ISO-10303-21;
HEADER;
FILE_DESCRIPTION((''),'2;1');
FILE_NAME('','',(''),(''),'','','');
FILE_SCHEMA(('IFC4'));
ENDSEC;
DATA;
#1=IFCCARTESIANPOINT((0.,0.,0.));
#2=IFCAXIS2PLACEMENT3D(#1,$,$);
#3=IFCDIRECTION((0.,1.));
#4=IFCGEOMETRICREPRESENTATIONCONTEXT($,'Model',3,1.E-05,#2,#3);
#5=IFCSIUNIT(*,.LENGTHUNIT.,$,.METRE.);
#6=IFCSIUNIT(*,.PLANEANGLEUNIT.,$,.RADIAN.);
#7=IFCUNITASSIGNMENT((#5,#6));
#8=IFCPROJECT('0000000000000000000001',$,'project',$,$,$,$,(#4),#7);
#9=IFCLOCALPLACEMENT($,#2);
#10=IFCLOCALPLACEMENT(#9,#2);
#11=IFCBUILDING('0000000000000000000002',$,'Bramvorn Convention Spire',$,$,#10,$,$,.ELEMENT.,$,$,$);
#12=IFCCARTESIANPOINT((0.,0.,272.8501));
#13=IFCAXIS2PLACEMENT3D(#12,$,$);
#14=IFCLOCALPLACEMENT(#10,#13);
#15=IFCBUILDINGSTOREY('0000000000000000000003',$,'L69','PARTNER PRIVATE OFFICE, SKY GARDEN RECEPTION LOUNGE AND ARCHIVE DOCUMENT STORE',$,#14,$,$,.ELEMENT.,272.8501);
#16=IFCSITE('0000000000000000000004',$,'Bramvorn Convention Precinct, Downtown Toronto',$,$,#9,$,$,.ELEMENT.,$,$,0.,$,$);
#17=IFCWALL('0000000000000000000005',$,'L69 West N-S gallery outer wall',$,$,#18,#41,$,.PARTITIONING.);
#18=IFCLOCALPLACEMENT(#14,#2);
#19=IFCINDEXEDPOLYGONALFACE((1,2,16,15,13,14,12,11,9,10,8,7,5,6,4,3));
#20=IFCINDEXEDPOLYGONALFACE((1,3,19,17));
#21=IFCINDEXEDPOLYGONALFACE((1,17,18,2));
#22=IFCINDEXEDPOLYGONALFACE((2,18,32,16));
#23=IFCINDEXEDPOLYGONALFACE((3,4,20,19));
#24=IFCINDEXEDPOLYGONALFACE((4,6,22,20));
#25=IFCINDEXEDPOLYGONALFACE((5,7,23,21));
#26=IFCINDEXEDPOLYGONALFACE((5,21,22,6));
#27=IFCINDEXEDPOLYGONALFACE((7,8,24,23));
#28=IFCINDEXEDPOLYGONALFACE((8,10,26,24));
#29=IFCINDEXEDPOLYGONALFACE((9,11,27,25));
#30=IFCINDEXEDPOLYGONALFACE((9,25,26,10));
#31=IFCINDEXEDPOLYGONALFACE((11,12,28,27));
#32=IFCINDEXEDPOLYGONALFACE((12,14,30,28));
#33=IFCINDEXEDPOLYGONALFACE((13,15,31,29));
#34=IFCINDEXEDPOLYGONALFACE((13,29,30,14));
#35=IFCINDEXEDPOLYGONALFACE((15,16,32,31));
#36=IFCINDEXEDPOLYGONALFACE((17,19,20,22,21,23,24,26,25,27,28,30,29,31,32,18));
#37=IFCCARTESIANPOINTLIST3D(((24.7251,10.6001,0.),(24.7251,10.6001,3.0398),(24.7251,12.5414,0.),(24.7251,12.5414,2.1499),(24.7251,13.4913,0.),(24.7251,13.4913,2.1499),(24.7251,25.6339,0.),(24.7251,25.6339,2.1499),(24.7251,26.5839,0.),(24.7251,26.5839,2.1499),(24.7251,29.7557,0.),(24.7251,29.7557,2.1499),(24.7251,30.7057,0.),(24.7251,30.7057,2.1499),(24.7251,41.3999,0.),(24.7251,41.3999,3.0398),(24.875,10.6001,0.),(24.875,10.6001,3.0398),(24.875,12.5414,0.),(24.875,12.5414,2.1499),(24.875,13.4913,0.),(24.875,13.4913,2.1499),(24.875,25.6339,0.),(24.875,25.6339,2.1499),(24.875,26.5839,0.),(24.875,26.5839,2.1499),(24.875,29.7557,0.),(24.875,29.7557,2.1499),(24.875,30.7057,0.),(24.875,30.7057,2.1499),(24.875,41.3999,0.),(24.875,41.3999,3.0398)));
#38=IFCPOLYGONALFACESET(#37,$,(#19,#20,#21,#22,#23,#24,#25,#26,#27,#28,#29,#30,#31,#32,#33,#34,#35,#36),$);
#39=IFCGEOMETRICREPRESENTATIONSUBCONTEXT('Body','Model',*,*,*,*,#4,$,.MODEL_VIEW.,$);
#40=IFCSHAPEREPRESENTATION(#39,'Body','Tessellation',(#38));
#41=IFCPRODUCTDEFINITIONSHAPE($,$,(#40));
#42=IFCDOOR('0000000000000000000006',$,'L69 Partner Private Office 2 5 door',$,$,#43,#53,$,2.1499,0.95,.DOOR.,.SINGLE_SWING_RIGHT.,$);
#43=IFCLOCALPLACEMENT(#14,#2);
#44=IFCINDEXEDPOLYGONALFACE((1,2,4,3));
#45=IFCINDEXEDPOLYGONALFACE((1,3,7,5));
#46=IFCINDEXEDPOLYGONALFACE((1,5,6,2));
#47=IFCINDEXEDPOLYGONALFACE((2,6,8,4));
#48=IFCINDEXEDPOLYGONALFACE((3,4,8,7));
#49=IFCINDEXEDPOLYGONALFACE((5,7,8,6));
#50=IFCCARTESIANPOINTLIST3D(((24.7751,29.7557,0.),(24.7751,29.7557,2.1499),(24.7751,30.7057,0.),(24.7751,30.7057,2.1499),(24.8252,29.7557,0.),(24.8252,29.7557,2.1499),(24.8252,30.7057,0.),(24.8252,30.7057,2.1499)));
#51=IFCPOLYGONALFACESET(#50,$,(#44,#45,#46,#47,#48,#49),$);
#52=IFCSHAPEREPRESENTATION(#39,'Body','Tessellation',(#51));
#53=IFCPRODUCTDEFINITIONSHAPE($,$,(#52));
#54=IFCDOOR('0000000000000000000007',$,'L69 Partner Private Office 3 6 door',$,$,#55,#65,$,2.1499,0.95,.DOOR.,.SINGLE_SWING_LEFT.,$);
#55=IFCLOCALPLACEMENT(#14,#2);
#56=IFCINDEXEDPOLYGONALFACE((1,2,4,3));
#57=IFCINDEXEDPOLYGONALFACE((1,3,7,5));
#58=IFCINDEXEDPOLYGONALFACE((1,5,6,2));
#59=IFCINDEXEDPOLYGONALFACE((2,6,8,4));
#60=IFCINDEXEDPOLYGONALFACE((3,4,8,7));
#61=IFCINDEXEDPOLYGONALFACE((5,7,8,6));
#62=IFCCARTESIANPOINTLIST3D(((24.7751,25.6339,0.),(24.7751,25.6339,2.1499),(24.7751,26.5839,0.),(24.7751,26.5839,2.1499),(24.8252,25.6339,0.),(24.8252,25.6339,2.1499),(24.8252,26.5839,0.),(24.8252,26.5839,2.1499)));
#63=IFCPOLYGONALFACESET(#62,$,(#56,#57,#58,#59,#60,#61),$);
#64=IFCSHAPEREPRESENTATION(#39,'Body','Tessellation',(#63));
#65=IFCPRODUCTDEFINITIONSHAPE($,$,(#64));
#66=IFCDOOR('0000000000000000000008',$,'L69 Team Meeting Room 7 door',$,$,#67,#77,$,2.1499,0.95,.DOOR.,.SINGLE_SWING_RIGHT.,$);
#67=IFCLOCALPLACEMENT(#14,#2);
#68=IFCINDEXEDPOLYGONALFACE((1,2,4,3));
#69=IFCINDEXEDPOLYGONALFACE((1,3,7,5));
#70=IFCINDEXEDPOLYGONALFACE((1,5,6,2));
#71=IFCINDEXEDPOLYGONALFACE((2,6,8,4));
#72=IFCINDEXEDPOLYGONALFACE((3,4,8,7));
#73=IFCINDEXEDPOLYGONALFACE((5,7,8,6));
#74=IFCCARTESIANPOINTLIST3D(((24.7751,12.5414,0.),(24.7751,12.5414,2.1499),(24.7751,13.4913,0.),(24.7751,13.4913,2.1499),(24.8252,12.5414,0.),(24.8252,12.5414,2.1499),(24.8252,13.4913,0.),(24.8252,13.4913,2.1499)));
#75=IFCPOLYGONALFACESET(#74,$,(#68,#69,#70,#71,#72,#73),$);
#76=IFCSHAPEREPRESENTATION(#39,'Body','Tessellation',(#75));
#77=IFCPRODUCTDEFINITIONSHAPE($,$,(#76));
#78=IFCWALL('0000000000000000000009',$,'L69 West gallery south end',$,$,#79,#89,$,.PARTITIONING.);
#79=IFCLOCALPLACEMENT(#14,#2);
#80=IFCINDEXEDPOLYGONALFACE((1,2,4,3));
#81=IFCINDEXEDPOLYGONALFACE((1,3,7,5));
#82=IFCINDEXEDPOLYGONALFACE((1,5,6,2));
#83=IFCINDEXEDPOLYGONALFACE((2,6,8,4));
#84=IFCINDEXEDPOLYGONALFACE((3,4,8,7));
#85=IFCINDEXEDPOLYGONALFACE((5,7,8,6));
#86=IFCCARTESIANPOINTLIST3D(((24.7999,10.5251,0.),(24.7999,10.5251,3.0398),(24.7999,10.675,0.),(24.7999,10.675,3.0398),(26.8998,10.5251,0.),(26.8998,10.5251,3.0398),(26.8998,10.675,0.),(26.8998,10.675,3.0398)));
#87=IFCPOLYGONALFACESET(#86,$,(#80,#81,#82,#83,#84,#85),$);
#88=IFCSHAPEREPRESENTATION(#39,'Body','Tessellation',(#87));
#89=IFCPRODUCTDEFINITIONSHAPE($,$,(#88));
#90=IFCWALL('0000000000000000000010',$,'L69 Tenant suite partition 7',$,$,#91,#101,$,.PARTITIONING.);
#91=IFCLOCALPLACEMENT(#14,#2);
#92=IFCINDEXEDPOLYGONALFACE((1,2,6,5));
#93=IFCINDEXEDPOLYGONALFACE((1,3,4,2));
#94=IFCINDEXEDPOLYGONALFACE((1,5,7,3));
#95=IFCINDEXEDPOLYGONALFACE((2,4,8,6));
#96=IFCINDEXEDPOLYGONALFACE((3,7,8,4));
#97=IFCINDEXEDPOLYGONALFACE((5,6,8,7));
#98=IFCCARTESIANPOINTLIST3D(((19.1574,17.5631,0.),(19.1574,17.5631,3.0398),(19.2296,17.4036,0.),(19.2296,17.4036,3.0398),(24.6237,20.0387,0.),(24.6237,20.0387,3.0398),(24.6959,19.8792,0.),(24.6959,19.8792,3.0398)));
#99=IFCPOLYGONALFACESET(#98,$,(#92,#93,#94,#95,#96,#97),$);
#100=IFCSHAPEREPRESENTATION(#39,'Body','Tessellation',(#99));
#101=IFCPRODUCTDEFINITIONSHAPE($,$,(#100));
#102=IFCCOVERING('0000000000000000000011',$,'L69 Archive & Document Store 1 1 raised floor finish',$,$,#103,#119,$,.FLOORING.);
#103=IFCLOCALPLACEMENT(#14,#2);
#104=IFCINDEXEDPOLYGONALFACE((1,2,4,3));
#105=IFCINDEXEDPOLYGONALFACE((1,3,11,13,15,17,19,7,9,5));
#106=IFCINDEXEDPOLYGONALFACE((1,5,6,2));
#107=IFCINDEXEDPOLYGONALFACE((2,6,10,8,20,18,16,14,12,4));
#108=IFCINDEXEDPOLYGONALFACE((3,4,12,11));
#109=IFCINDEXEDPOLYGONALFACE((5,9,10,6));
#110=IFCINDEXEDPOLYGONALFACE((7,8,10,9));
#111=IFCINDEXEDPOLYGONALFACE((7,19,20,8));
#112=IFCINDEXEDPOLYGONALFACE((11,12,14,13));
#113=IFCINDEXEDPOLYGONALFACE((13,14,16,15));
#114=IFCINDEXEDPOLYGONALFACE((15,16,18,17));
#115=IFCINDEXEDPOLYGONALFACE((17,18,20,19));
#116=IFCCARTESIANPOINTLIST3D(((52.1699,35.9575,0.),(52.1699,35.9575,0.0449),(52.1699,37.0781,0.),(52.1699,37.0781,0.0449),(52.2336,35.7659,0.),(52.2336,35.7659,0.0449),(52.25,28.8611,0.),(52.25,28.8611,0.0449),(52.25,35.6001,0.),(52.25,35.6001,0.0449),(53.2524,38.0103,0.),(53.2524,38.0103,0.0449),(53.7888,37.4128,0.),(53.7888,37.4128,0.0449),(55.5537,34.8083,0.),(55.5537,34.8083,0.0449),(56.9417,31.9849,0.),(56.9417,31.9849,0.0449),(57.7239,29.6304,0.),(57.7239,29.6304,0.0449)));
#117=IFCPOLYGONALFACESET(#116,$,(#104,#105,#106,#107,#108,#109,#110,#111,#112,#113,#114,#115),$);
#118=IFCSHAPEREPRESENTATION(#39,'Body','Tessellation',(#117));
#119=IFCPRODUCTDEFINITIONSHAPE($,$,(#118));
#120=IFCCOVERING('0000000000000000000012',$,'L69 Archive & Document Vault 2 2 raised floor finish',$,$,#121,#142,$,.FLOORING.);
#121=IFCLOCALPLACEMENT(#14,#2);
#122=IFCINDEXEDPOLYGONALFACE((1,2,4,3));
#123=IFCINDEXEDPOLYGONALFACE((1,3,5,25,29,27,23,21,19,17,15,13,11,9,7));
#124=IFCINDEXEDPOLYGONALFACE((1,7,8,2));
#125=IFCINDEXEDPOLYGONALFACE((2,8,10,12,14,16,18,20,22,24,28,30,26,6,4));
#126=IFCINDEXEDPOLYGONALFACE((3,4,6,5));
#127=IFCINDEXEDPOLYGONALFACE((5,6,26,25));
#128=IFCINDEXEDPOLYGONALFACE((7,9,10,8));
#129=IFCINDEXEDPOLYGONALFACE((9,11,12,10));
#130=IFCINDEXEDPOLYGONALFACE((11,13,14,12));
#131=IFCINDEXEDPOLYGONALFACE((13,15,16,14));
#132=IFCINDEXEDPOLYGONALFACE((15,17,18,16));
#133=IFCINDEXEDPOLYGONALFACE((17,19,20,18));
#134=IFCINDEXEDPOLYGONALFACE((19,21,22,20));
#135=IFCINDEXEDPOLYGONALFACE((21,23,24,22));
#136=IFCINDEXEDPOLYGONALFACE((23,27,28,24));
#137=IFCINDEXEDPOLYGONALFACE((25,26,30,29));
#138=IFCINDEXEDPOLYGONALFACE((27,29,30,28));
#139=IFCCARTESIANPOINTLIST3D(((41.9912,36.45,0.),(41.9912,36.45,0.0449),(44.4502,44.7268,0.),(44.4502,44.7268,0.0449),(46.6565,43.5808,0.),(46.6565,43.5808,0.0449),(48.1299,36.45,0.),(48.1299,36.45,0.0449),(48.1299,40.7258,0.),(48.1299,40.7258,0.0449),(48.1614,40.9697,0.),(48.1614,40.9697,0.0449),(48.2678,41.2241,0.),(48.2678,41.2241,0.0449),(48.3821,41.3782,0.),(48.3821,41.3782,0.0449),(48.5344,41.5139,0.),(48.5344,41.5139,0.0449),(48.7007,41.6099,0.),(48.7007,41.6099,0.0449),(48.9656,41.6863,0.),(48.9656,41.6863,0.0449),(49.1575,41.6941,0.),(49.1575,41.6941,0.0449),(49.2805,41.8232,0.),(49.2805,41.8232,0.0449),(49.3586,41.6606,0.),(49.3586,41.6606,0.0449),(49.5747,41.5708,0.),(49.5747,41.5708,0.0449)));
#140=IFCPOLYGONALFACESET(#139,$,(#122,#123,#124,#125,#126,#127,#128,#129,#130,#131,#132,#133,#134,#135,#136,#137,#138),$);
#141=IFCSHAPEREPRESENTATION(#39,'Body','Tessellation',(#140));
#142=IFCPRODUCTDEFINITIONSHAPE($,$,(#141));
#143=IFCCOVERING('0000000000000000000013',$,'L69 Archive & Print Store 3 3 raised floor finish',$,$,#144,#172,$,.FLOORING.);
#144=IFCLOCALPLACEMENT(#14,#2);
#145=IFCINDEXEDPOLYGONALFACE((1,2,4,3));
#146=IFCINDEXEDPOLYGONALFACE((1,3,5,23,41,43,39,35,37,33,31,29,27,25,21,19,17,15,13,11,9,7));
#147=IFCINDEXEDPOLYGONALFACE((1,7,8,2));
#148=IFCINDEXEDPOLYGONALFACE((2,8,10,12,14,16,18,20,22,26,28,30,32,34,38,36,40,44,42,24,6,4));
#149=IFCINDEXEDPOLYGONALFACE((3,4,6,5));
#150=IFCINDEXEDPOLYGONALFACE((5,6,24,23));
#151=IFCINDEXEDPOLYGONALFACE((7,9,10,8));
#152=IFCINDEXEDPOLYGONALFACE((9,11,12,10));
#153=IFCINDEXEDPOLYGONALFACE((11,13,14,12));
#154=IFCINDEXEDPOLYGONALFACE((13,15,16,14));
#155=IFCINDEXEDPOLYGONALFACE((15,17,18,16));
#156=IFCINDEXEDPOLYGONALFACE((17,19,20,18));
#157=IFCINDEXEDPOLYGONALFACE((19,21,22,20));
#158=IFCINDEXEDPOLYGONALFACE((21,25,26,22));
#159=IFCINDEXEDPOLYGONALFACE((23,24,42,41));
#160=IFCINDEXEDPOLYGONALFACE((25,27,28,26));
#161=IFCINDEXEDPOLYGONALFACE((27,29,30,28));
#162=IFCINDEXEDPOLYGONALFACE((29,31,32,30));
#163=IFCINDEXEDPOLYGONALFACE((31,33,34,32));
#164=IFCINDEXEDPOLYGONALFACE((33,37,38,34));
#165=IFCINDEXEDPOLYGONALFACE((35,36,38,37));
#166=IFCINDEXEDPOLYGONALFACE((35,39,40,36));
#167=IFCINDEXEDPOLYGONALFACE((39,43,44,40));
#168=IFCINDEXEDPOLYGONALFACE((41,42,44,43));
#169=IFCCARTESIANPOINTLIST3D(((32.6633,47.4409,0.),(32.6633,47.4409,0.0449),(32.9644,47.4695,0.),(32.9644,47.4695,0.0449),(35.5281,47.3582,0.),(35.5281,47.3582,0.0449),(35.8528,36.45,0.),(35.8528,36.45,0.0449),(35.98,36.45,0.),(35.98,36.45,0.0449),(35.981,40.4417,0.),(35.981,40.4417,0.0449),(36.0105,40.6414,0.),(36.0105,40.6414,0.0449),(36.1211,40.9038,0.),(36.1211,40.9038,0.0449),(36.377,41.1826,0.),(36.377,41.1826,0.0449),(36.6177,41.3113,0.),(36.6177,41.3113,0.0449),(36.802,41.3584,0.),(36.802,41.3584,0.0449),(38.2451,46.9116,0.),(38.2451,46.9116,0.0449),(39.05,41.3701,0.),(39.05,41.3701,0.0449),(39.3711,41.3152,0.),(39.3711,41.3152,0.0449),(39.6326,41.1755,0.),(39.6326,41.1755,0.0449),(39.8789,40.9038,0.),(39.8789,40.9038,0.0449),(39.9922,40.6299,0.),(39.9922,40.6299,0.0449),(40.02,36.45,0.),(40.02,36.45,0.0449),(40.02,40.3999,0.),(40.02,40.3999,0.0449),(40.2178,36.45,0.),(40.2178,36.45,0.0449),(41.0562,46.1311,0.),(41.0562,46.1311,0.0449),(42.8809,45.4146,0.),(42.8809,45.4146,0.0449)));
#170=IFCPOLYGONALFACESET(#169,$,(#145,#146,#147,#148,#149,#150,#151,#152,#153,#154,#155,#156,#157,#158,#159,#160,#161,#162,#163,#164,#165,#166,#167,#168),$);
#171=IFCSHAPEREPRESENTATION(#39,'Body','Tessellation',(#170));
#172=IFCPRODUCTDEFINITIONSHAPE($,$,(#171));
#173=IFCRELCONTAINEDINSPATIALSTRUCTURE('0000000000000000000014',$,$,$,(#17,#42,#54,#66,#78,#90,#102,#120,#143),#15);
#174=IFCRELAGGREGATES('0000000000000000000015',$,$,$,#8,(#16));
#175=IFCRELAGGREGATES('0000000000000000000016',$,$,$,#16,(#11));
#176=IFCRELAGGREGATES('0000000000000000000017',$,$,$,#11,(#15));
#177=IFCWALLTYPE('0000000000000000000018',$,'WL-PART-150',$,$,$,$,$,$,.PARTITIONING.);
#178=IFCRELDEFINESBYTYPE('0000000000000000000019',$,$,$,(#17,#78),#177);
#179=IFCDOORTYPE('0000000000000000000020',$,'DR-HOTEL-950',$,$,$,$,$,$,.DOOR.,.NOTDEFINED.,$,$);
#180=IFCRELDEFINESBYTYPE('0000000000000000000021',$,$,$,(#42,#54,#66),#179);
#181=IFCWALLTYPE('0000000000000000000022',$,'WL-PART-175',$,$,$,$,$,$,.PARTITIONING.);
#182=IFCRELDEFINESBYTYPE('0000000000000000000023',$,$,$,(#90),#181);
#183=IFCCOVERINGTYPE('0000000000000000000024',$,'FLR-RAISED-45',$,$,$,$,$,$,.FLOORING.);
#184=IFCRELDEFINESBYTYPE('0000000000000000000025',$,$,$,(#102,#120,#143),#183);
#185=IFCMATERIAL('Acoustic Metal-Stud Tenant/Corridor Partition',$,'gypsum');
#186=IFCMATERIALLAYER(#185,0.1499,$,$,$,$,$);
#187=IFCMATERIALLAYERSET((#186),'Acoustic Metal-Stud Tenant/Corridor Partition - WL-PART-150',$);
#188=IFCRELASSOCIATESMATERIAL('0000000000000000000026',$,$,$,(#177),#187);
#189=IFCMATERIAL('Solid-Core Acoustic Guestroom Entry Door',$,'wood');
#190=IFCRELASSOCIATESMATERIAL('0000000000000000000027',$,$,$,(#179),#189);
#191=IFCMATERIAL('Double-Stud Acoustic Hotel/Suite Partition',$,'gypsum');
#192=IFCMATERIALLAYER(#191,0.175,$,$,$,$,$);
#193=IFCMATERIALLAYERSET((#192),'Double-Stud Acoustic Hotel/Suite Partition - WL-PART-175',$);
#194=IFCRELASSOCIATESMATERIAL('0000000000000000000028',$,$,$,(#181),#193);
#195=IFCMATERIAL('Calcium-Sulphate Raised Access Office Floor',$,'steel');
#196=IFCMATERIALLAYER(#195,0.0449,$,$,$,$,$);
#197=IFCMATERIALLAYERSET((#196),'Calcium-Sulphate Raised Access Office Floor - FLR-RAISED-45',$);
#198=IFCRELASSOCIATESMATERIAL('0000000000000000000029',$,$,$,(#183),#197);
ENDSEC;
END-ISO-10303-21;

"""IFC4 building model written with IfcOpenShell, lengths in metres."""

from ifc_helpers import new_model, si_unit, direction, frame, frame_2d, origin, place, context, subcontext, project, spatial, polyline, rectangle, outline, extrude, material, layer, layer_set, type_object, element, fill, save


model = new_model("IFC4")

# Units and contexts
model_context = context("Model", 3, precision=1e-05, world=origin(), true_north=direction((0.0, 1.0)))
body_context = subcontext(model_context, "Body", "Model", "MODEL_VIEW")
ifc_project = project(units=[si_unit("LENGTHUNIT", "METRE"), si_unit("PLANEANGLEUNIT", "RADIAN")], contexts=[model_context])

# Site, building, storey
site_placement = place(None, origin())
site = spatial("IfcSite", under=ifc_project, at=site_placement, Name="Bramvorn Convention Precinct, Downtown Toronto", CompositionType="ELEMENT", RefElevation=0.0)
building_placement = place(site_placement, origin())
building = spatial("IfcBuilding", under=site, at=building_placement, Name="Bramvorn Convention Spire", CompositionType="ELEMENT")
storey_placement = place(building_placement, frame((0.0, 0.0, 272.8501)))
storey = spatial("IfcBuildingStorey", under=building, at=storey_placement, Name="L69", Description="PARTNER PRIVATE OFFICE, SKY GARDEN RECEPTION LOUNGE AND ARCHIVE DOCUMENT STORE", CompositionType="ELEMENT", Elevation=272.8501)

# Wall, openings, doors
ifc_material_1 = material(Name="Acoustic Metal-Stud Tenant/Corridor Partition", Category="gypsum")
ifc_layer_1 = layer(ifc_material_1, 0.1499)
ifc_layer_set_1 = layer_set([ifc_layer_1], Name="Acoustic Metal-Stud Tenant/Corridor Partition - WL-PART-150")
wall_type_1 = type_object("IfcWallType", Name="WL-PART-150", PredefinedType="PARTITIONING", material=ifc_layer_set_1)
wall_1_placement = place(storey_placement, frame((24.8, 10.6001, 0.0), z_axis=(0.0, 0.0, 1.0), x_axis=(0.0, 1.0, 0.0)))
wall_1 = element("IfcWall", 1, at=wall_1_placement, inside=storey, type_object=wall_type_1, Name="L69 West N-S gallery outer wall", PredefinedType="PARTITIONING", context=body_context, shape_type="SweptSolid", body=[
    extrude(rectangle(XDim=30.7998, YDim=0.1499, at=frame_2d((15.3999, 0.0))), origin(), (0.0, 0.0, 1.0), 3.0398),
])
opening_1_placement = place(wall_1_placement, frame((19.1555, 0.0, 0.0)))
opening_1 = element("IfcOpeningElement", 2, at=opening_1_placement, cuts=wall_1, PredefinedType="OPENING", context=body_context, shape_type="SweptSolid", body=[
    extrude(rectangle(XDim=0.95, YDim=2.1499, at=frame_2d((0.4751, 1.075))), frame((0.0, 0.085, 0.0), z_axis=(0.0, -1.0, 0.0), x_axis=(1.0, 0.0, 0.0)), (0.0, 0.0, 1.0), 0.1699),
])
opening_2_placement = place(wall_1_placement, frame((15.0337, 0.0, 0.0)))
opening_2 = element("IfcOpeningElement", 3, at=opening_2_placement, cuts=wall_1, PredefinedType="OPENING", context=body_context, shape_type="SweptSolid", body=[
    extrude(rectangle(XDim=0.95, YDim=2.1499, at=frame_2d((0.4751, 1.075))), frame((0.0, 0.085, 0.0), z_axis=(0.0, -1.0, 0.0), x_axis=(1.0, 0.0, 0.0)), (0.0, 0.0, 1.0), 0.1699),
])
opening_3_placement = place(wall_1_placement, frame((1.9412, 0.0, 0.0)))
opening_3 = element("IfcOpeningElement", 4, at=opening_3_placement, cuts=wall_1, PredefinedType="OPENING", context=body_context, shape_type="SweptSolid", body=[
    extrude(rectangle(XDim=0.95, YDim=2.1499, at=frame_2d((0.4751, 1.075))), frame((0.0, 0.085, 0.0), z_axis=(0.0, -1.0, 0.0), x_axis=(1.0, 0.0, 0.0)), (0.0, 0.0, 1.0), 0.1699),
])
ifc_material_2 = material(Name="Solid-Core Acoustic Guestroom Entry Door", Category="wood")
door_type = type_object("IfcDoorType", Name="DR-HOTEL-950", OperationType="NOTDEFINED", PredefinedType="DOOR", material=ifc_material_2)
door_1_placement = place(opening_1_placement, origin())
door_1 = element("IfcDoor", 5, at=door_1_placement, inside=storey, type_object=door_type, Name="L69 Partner Private Office 2 5 door", OperationType="SINGLE_SWING_RIGHT", OverallHeight=2.1499, OverallWidth=0.95, PredefinedType="DOOR", context=body_context, shape_type="SweptSolid", body=[
    extrude(rectangle(XDim=0.95, YDim=2.1499, at=frame_2d((0.4751, 1.075))), frame((0.0, 0.0249, 0.0), z_axis=(0.0, -1.0, 0.0), x_axis=(1.0, 0.0, 0.0)), (0.0, 0.0, 1.0), 0.05),
])
fill(opening_1, door_1)
door_2_placement = place(opening_2_placement, origin())
door_2 = element("IfcDoor", 6, at=door_2_placement, inside=storey, type_object=door_type, Name="L69 Partner Private Office 3 6 door", OperationType="SINGLE_SWING_LEFT", OverallHeight=2.1499, OverallWidth=0.95, PredefinedType="DOOR", context=body_context, shape_type="SweptSolid", body=[
    extrude(rectangle(XDim=0.95, YDim=2.1499, at=frame_2d((0.4751, 1.075))), frame((0.0, 0.0249, 0.0), z_axis=(0.0, -1.0, 0.0), x_axis=(1.0, 0.0, 0.0)), (0.0, 0.0, 1.0), 0.05),
])
fill(opening_2, door_2)
door_3_placement = place(opening_3_placement, origin())
door_3 = element("IfcDoor", 7, at=door_3_placement, inside=storey, type_object=door_type, Name="L69 Team Meeting Room 7 door", OperationType="SINGLE_SWING_RIGHT", OverallHeight=2.1499, OverallWidth=0.95, PredefinedType="DOOR", context=body_context, shape_type="SweptSolid", body=[
    extrude(rectangle(XDim=0.95, YDim=2.1499, at=frame_2d((0.4751, 1.075))), frame((0.0, 0.0249, 0.0), z_axis=(0.0, -1.0, 0.0), x_axis=(1.0, 0.0, 0.0)), (0.0, 0.0, 1.0), 0.05),
])
fill(opening_3, door_3)

# Walls
wall_2_placement = place(storey_placement, frame((24.8, 10.6001, 0.0), z_axis=(0.0, 0.0, 1.0), x_axis=(1.0, 0.0, 0.0)))
element("IfcWall", 8, at=wall_2_placement, inside=storey, type_object=wall_type_1, Name="L69 West gallery south end", PredefinedType="PARTITIONING", context=body_context, shape_type="SweptSolid", body=[
    extrude(rectangle(XDim=2.0999, YDim=0.1499, at=frame_2d((1.0498, 0.0))), origin(), (0.0, 0.0, 1.0), 3.0398),
])
ifc_material_3 = material(Name="Double-Stud Acoustic Hotel/Suite Partition", Category="gypsum")
ifc_layer_2 = layer(ifc_material_3, 0.175)
ifc_layer_set_2 = layer_set([ifc_layer_2], Name="Double-Stud Acoustic Hotel/Suite Partition - WL-PART-175")
wall_type_2 = type_object("IfcWallType", Name="WL-PART-175", PredefinedType="PARTITIONING", material=ifc_layer_set_2)
wall_3_placement = place(storey_placement, frame((24.6599, 19.959, 0.0), z_axis=(0.0, 0.0, 1.0), x_axis=(-0.910937, -0.412546, 0.0)))
element("IfcWall", 9, at=wall_3_placement, inside=storey, type_object=wall_type_2, Name="L69 Tenant suite partition 7", PredefinedType="PARTITIONING", context=body_context, shape_type="SweptSolid", body=[
    extrude(rectangle(XDim=6.0007, YDim=0.175, at=frame_2d((3.0005, 0.0))), origin(), (0.0, 0.0, 1.0), 3.0398),
])

# Coverings
ifc_material_4 = material(Name="Calcium-Sulphate Raised Access Office Floor", Category="steel")
ifc_layer_3 = layer(ifc_material_4, 0.0449)
ifc_layer_set_3 = layer_set([ifc_layer_3], Name="Calcium-Sulphate Raised Access Office Floor - FLR-RAISED-45")
covering_type = type_object("IfcCoveringType", Name="FLR-RAISED-45", PredefinedType="FLOORING", material=ifc_layer_set_3)
covering_1_placement = place(storey_placement, origin())
element("IfcCovering", 10, at=covering_1_placement, inside=storey, type_object=covering_type, Name="L69 Archive & Document Store 1 1 raised floor finish", PredefinedType="FLOORING", context=body_context, shape_type="SweptSolid", body=[
    extrude(outline(polyline([(52.2336, 35.7659), (52.25, 35.6001), (52.25, 28.8611), (57.7239, 29.6304), (56.9417, 31.9849), (55.5537, 34.8083), (53.7888, 37.4128), (53.2524, 38.0103), (52.1699, 37.0781), (52.1699, 35.9575), (52.2336, 35.7659)])), origin(), (0.0, 0.0, 1.0), 0.0449),
])
covering_2_placement = place(storey_placement, origin())
element("IfcCovering", 11, at=covering_2_placement, inside=storey, type_object=covering_type, Name="L69 Archive & Document Vault 2 2 raised floor finish", PredefinedType="FLOORING", context=body_context, shape_type="SweptSolid", body=[
    extrude(outline(polyline([(41.9912, 36.45), (48.1299, 36.45), (48.1299, 40.7258), (48.1614, 40.9697), (48.2678, 41.2241), (48.3821, 41.3782), (48.5344, 41.5139), (48.7007, 41.6099), (48.9656, 41.6863), (49.1575, 41.6941), (49.3586, 41.6606), (49.5747, 41.5708), (49.2805, 41.8232), (46.6565, 43.5808), (44.4502, 44.7268), (41.9912, 36.45)])), origin(), (0.0, 0.0, 1.0), 0.0449),
])
covering_3_placement = place(storey_placement, origin())
element("IfcCovering", 12, at=covering_3_placement, inside=storey, type_object=covering_type, Name="L69 Archive & Print Store 3 3 raised floor finish", PredefinedType="FLOORING", context=body_context, shape_type="SweptSolid", body=[
    extrude(outline(polyline([(32.9644, 47.4695), (32.6633, 47.4409), (35.8528, 36.45), (35.98, 36.45), (35.981, 40.4417), (36.0105, 40.6414), (36.1211, 40.9038), (36.377, 41.1826), (36.6177, 41.3113), (36.802, 41.3584), (39.05, 41.3701), (39.3711, 41.3152), (39.6326, 41.1755), (39.8789, 40.9038), (39.9922, 40.6299), (40.02, 40.3999), (40.02, 36.45), (40.2178, 36.45), (42.8809, 45.4146), (41.0562, 46.1311), (38.2451, 46.9116), (35.5281, 47.3582), (32.9644, 47.4695)])), origin(), (0.0, 0.0, 1.0), 0.0449),
])

save(model, "model.ifc")
